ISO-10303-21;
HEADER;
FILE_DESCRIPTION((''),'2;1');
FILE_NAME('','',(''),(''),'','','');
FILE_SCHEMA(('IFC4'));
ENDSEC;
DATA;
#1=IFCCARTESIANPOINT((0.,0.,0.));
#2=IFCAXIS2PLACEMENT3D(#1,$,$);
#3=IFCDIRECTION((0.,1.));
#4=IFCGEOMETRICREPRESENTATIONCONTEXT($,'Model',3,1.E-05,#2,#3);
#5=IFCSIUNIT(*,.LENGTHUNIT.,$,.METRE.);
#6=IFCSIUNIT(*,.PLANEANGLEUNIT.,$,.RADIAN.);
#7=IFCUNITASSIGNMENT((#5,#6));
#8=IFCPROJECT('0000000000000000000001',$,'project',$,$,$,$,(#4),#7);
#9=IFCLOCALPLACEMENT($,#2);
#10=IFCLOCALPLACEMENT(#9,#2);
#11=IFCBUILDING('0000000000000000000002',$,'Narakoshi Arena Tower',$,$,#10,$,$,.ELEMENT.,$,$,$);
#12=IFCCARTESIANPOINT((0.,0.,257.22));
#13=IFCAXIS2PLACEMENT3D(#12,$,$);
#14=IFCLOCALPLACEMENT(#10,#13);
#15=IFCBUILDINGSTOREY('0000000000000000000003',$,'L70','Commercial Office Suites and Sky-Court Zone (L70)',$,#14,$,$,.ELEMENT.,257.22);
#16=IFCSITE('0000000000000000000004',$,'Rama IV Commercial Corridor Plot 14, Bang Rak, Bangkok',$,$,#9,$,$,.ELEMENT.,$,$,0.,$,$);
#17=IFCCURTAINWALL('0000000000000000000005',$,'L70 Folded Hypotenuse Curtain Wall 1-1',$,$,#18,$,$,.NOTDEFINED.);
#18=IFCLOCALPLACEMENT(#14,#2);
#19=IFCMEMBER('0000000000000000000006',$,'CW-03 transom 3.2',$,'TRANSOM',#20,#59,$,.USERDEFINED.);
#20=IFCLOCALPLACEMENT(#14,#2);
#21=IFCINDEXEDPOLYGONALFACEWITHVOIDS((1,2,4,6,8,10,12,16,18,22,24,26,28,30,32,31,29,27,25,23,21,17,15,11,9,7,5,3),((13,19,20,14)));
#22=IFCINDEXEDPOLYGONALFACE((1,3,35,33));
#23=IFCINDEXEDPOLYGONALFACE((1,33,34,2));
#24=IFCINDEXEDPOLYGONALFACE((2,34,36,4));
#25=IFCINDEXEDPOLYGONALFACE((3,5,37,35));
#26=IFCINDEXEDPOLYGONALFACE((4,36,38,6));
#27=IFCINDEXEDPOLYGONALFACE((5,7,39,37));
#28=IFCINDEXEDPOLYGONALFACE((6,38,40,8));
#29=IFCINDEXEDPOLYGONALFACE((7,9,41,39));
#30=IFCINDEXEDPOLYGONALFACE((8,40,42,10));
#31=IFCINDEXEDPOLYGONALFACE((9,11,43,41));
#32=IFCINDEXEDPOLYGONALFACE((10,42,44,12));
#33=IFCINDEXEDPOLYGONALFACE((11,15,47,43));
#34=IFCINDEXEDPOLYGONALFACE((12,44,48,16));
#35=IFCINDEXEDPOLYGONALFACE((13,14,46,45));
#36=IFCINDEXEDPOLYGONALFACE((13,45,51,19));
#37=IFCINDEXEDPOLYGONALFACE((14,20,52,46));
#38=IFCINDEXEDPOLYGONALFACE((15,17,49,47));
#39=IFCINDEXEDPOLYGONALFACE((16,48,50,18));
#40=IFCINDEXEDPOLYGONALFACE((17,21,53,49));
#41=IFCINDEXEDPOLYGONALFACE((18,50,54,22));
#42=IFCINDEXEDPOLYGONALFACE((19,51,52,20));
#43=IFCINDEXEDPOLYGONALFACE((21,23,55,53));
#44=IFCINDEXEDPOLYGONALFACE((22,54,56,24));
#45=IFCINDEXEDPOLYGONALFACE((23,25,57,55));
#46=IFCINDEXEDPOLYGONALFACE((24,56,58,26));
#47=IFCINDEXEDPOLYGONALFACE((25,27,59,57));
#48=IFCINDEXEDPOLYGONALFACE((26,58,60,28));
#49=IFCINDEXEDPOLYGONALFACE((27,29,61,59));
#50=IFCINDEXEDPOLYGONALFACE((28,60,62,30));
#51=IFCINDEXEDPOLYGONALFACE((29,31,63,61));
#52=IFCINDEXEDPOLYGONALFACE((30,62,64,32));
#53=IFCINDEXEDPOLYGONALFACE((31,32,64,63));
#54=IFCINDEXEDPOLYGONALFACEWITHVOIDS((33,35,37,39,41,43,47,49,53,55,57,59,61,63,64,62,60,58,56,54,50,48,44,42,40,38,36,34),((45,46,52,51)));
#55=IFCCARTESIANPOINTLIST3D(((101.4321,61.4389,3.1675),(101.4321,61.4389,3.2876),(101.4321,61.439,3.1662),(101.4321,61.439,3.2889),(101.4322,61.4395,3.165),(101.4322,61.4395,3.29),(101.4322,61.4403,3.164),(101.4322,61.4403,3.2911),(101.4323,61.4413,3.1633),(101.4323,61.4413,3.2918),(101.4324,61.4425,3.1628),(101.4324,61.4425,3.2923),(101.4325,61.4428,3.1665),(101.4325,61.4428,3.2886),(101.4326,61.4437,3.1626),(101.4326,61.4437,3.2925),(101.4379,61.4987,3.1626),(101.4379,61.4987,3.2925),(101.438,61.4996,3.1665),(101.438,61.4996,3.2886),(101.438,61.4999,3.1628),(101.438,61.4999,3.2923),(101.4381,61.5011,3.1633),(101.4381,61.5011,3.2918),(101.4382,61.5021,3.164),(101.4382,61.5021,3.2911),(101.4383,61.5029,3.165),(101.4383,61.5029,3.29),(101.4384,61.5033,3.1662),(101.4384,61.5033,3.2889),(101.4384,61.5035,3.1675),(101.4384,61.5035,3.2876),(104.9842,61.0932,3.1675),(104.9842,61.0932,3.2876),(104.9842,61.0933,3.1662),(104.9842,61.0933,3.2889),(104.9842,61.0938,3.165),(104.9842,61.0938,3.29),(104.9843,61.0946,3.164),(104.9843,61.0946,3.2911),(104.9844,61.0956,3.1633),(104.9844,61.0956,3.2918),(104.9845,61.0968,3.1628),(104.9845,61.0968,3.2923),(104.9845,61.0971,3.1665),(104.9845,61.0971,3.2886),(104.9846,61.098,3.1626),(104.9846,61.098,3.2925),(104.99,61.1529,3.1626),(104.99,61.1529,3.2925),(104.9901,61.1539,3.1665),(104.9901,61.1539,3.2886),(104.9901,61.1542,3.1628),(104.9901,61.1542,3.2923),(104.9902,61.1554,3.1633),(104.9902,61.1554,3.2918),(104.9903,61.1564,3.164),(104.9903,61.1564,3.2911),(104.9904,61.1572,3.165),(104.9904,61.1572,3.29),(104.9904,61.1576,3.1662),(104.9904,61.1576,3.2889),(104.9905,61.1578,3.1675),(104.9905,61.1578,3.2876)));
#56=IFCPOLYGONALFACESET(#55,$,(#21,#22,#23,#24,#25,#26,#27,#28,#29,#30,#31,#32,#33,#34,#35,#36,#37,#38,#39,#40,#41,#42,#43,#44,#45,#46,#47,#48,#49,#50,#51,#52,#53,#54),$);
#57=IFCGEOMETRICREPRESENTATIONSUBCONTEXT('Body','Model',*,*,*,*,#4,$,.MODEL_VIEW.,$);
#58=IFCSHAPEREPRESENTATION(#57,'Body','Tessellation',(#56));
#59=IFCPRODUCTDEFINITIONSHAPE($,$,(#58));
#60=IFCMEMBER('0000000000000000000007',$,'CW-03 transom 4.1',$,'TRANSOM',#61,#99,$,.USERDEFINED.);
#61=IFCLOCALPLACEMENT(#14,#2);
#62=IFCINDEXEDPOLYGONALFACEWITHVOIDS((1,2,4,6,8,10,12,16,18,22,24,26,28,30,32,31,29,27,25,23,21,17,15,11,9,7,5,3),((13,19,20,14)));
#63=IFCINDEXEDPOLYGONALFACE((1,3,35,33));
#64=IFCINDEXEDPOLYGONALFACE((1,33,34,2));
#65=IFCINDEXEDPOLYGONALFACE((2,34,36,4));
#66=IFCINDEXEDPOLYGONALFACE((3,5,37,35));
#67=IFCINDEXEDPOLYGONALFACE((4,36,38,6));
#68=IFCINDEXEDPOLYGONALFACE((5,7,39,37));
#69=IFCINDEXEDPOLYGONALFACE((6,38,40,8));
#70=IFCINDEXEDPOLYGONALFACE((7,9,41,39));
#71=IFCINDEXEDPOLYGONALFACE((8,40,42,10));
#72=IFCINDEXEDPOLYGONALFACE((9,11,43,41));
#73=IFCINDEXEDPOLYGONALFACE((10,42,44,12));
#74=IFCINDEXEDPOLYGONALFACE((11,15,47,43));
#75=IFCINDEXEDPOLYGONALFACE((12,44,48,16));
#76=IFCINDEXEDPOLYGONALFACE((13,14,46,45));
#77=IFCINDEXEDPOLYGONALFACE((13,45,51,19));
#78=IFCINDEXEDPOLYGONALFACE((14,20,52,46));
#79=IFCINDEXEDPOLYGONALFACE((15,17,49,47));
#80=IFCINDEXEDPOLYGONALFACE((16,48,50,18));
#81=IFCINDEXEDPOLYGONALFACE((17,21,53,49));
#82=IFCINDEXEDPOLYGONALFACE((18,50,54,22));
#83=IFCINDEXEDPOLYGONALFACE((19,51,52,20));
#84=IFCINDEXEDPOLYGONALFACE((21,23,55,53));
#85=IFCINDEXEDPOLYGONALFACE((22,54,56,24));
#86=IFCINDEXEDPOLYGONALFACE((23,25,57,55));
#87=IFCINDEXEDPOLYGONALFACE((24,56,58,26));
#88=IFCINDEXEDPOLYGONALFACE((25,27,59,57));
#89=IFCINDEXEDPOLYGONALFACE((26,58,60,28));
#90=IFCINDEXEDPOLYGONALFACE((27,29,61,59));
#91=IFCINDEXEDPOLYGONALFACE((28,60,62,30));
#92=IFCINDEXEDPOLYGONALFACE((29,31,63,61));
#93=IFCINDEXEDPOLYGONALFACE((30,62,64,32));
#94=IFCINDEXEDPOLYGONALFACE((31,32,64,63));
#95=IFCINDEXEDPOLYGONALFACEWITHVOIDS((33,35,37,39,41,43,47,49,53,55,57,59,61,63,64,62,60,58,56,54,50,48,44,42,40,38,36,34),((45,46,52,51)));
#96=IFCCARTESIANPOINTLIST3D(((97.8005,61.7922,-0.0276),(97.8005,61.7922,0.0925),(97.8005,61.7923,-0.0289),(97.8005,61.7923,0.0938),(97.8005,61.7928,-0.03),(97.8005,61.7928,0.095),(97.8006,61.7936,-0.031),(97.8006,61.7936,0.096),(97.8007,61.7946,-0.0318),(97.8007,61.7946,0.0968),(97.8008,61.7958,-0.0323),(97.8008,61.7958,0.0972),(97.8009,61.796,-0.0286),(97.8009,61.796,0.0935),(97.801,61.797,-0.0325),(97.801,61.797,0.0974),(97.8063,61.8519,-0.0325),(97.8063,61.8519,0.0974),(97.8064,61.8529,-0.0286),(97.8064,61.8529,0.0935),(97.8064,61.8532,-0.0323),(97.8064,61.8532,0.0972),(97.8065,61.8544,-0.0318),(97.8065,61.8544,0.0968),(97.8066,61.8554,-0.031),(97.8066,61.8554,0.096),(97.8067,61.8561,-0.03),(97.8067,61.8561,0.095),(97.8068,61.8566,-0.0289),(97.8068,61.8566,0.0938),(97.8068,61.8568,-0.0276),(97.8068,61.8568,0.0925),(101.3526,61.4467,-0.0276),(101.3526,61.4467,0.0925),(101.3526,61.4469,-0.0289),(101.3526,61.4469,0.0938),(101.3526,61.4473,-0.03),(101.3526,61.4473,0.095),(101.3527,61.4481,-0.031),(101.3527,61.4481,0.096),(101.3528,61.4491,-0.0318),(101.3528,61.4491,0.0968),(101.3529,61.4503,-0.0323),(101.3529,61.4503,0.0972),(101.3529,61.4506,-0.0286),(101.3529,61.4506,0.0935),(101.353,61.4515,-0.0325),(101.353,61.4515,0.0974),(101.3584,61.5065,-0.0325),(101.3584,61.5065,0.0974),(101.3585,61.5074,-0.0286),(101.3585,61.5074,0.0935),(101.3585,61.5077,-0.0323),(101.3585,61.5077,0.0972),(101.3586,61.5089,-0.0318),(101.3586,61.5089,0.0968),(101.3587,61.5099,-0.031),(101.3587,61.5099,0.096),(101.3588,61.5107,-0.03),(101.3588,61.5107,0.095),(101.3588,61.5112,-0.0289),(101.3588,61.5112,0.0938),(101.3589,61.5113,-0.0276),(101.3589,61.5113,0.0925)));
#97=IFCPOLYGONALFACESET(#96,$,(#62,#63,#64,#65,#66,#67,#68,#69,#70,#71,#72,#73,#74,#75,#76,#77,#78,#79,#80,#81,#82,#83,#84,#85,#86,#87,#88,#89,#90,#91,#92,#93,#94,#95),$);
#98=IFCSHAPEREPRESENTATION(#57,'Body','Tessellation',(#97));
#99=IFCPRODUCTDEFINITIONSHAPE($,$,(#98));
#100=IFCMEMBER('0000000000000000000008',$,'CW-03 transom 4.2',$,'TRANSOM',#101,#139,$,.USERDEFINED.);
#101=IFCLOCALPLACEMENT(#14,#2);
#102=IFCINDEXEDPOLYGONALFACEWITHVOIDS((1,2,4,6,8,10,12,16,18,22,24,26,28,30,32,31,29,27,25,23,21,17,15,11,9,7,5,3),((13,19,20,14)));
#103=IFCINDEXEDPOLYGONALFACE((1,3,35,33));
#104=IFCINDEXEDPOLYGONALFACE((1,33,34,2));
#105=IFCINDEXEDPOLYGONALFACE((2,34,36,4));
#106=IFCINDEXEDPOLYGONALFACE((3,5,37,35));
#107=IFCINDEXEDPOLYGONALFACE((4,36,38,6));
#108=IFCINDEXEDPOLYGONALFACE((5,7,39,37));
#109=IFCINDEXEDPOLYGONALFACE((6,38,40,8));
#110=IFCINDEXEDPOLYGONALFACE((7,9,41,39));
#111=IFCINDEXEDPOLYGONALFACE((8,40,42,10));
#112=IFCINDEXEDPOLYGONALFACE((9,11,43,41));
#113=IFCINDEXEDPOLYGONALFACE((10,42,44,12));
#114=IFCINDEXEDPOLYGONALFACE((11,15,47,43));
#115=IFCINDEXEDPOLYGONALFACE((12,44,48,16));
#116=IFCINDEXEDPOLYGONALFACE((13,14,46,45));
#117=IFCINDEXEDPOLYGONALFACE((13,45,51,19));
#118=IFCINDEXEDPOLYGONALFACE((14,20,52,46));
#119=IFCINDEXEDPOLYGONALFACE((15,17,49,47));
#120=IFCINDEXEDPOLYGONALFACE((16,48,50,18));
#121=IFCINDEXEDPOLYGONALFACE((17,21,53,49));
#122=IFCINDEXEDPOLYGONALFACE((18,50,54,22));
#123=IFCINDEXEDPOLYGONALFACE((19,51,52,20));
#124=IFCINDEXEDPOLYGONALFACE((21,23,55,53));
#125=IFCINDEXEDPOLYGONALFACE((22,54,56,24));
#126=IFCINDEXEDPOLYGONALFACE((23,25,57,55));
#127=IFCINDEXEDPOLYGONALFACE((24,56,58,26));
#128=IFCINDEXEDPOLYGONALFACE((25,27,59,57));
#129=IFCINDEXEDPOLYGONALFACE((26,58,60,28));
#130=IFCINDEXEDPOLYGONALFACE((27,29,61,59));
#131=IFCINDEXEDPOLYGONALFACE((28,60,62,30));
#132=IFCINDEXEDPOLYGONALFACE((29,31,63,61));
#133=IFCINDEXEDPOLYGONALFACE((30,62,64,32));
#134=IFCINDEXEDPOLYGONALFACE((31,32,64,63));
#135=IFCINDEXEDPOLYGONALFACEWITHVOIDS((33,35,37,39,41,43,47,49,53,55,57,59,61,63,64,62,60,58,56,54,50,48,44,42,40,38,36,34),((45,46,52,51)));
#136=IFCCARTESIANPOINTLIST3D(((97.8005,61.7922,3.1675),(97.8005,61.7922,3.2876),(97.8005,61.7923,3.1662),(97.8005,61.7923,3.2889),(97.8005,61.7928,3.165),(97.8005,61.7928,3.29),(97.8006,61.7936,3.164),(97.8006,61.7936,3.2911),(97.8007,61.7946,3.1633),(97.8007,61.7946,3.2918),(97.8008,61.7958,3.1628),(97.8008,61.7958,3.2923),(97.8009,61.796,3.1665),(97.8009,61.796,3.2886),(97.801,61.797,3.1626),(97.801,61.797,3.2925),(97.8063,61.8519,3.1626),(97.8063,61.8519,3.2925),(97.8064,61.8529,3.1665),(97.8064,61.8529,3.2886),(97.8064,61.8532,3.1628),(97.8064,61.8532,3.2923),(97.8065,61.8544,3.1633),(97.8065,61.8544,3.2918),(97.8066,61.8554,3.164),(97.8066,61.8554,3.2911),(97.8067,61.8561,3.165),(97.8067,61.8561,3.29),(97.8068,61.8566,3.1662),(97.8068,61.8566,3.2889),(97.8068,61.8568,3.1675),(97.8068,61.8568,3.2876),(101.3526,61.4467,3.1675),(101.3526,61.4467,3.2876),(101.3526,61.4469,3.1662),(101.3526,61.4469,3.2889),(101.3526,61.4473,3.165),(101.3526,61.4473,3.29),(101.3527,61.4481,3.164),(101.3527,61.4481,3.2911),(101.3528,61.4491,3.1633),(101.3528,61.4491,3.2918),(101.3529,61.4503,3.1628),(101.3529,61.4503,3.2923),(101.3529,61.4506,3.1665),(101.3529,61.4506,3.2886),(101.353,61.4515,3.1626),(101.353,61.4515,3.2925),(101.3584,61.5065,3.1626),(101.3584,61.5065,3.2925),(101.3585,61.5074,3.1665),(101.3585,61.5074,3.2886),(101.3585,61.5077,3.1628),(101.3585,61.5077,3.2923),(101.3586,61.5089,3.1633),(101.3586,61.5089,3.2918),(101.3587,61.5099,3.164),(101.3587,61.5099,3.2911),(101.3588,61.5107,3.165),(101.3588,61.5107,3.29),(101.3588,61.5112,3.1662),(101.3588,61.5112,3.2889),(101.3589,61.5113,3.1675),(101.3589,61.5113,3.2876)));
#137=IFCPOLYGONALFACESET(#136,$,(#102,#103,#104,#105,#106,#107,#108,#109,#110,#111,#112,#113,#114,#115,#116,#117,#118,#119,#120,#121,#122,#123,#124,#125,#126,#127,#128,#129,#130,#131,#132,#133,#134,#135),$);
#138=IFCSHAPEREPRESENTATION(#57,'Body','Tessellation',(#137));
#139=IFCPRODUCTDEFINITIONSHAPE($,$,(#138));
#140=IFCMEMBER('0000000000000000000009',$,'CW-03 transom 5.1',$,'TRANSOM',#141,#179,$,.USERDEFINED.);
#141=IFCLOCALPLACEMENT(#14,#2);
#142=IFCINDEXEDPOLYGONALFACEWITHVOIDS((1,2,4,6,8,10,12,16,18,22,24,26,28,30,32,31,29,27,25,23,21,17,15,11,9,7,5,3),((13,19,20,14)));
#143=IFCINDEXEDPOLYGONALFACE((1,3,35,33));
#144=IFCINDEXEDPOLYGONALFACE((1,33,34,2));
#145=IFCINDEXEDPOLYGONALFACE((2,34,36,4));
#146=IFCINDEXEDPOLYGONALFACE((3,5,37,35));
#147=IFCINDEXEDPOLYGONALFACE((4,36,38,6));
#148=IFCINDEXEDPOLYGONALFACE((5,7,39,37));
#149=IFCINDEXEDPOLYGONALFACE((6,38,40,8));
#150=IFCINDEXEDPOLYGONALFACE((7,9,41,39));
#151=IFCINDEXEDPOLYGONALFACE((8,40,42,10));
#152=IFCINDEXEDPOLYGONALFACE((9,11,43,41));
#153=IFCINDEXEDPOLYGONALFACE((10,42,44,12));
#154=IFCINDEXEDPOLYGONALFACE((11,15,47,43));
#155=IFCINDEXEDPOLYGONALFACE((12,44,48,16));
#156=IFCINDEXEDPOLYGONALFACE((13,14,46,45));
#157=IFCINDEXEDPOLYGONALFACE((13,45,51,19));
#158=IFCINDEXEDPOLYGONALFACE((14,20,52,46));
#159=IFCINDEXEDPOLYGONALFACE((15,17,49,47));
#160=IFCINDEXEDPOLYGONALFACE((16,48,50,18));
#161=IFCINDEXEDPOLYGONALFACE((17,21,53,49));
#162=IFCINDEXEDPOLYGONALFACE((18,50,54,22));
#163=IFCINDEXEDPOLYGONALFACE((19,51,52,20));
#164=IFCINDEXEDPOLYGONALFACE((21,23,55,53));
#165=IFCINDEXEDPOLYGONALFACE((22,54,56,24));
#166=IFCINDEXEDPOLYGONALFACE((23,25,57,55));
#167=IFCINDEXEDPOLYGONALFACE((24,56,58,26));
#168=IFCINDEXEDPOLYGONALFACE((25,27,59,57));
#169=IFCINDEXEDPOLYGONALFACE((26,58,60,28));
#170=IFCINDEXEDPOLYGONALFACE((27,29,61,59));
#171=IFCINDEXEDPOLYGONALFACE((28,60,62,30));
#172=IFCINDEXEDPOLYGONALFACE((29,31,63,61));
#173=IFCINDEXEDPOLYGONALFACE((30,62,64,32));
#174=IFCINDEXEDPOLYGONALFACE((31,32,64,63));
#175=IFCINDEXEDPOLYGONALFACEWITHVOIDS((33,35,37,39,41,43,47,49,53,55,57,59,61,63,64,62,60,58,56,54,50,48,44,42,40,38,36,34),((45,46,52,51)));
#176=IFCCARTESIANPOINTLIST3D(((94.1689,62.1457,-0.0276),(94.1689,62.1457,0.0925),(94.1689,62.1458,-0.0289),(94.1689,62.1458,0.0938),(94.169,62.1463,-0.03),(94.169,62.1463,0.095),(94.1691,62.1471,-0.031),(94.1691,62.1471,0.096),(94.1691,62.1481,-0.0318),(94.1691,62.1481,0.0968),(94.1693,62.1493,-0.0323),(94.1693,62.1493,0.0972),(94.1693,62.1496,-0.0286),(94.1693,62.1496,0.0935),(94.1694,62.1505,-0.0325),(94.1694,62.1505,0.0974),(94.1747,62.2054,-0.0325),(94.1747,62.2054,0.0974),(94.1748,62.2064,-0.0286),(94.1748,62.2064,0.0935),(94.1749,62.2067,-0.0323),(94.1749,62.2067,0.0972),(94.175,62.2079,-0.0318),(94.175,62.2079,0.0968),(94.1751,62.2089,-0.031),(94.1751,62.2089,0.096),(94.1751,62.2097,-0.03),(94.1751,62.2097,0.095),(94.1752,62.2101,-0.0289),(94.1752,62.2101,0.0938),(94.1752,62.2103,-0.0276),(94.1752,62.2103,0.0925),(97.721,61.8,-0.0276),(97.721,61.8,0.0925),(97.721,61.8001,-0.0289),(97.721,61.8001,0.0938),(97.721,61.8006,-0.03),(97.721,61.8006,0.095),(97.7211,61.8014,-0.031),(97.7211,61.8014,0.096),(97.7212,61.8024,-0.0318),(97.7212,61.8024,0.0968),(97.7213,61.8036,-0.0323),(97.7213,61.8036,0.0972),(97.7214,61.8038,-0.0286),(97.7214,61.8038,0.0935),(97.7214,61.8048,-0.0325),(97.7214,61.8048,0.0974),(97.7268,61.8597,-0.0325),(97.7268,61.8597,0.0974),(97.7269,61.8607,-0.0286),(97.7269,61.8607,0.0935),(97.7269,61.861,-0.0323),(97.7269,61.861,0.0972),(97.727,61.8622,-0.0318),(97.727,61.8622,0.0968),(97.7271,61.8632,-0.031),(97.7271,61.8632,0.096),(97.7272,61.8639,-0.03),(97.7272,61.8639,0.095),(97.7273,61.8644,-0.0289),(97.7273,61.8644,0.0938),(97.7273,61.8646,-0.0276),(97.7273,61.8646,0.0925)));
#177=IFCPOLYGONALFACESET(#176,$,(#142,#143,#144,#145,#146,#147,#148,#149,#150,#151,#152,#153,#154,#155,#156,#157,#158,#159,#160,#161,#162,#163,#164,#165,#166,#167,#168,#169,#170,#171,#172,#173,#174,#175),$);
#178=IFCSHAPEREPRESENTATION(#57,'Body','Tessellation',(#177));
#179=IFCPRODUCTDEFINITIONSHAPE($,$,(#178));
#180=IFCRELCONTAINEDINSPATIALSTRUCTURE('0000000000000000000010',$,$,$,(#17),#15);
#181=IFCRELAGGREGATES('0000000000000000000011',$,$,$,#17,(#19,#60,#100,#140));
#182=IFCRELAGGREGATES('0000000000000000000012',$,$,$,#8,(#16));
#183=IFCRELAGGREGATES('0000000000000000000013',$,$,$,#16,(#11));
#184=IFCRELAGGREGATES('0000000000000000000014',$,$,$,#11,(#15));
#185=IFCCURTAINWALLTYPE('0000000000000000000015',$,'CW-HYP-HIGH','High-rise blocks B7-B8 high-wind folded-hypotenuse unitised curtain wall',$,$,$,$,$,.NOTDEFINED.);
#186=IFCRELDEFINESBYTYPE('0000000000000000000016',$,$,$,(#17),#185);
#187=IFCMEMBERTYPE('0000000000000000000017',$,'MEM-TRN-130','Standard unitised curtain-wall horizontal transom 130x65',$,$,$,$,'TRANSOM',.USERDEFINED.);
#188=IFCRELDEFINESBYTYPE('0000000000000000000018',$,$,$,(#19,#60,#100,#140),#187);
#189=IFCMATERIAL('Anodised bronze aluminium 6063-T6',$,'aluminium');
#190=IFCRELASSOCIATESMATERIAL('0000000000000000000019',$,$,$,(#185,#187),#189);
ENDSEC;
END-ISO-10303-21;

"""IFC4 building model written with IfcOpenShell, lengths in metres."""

from ifc_helpers import new_model, si_unit, direction, frame, origin, origin_2d, place, context, subcontext, project, spatial, hollow_rectangle, extrude, material, material_profile, profile_set, type_object, element, aggregate, save


model = new_model("IFC4")

# Units and contexts
model_context = context("Model", 3, precision=1e-05, world=origin(), true_north=direction((0.0, 1.0)))
body_context = subcontext(model_context, "Body", "Model", "MODEL_VIEW")
ifc_project = project(units=[si_unit("LENGTHUNIT", "METRE"), si_unit("PLANEANGLEUNIT", "RADIAN")], contexts=[model_context])

# Site, building, storey
site_placement = place(None, origin())
site = spatial("IfcSite", under=ifc_project, at=site_placement, Name="Rama IV Commercial Corridor Plot 14, Bang Rak, Bangkok", CompositionType="ELEMENT", RefElevation=0.0)
building_placement = place(site_placement, origin())
building = spatial("IfcBuilding", under=site, at=building_placement, Name="Narakoshi Arena Tower", CompositionType="ELEMENT")
storey_placement = place(building_placement, frame((0.0, 0.0, 257.22)))
storey = spatial("IfcBuildingStorey", under=building, at=storey_placement, Name="L70", Description="Commercial Office Suites and Sky-Court Zone (L70)", CompositionType="ELEMENT", Elevation=257.22)

# Curtain wall, members
ifc_material_1 = material(Name="Anodised bronze aluminium 6063-T6", Category="aluminium")
curtain_wall_type = type_object("IfcCurtainWallType", Name="CW-HYP-HIGH", Description="High-rise blocks B7-B8 high-wind folded-hypotenuse unitised curtain wall", PredefinedType="NOTDEFINED", material=ifc_material_1)
curtain_wall_placement = place(storey_placement, origin())
curtain_wall = element("IfcCurtainWall", 1, at=curtain_wall_placement, inside=storey, type_object=curtain_wall_type, Name="L70 Folded Hypotenuse Curtain Wall 1-1", PredefinedType="NOTDEFINED")
ifc_material_profile_1 = material_profile(ifc_material_1, hollow_rectangle(XDim=0.0649, YDim=0.1299, WallThickness=0.0039, OuterFilletRadius=0.0049, at=origin_2d()), Name="TRN130x65x4")
ifc_profile_set_1 = profile_set([ifc_material_profile_1], Name="Anodised bronze aluminium 6063-T6")
member_type_1 = type_object("IfcMemberType", Name="MEM-TRN-130", Description="Standard unitised curtain-wall horizontal transom 130x65", ElementType="TRANSOM", PredefinedType="USERDEFINED", material=ifc_profile_set_1)
member_1_placement = place(storey_placement, frame((104.9873, 61.1255, 3.2275), z_axis=(-0.995297, 0.096869, 0.0), x_axis=(-0.096869, -0.995297, 0.0)))
member_1 = element("IfcMember", 2, at=member_1_placement, type_object=member_type_1, Name="CW-03 transom 3.2", ObjectType="TRANSOM", PredefinedType="USERDEFINED", context=body_context, shape_type="SweptSolid", body=[
    extrude(hollow_rectangle(XDim=0.0649, YDim=0.1299, WallThickness=0.0039, OuterFilletRadius=0.0049, at=origin_2d()), origin(), (0.0, 0.0, 1.0), 3.5688),
])
member_2_placement = place(storey_placement, frame((101.3557, 61.479, 0.0325), z_axis=(-0.995304, 0.096801, 0.0), x_axis=(-0.096801, -0.995304, 0.0)))
member_2 = element("IfcMember", 3, at=member_2_placement, type_object=member_type_1, Name="CW-03 transom 4.1", ObjectType="TRANSOM", PredefinedType="USERDEFINED", context=body_context, shape_type="SweptSolid", body=[
    extrude(hollow_rectangle(XDim=0.0649, YDim=0.1299, WallThickness=0.0039, OuterFilletRadius=0.0049, at=origin_2d()), origin(), (0.0, 0.0, 1.0), 3.5688),
])
member_3_placement = place(storey_placement, frame((101.3557, 61.479, 3.2275), z_axis=(-0.995304, 0.096801, 0.0), x_axis=(-0.096801, -0.995304, 0.0)))
member_3 = element("IfcMember", 4, at=member_3_placement, type_object=member_type_1, Name="CW-03 transom 4.2", ObjectType="TRANSOM", PredefinedType="USERDEFINED", context=body_context, shape_type="SweptSolid", body=[
    extrude(hollow_rectangle(XDim=0.0649, YDim=0.1299, WallThickness=0.0039, OuterFilletRadius=0.0049, at=origin_2d()), origin(), (0.0, 0.0, 1.0), 3.5688),
])
member_4_placement = place(storey_placement, frame((97.7241, 61.8323, 0.0325), z_axis=(-0.995297, 0.096869, 0.0), x_axis=(-0.096869, -0.995297, 0.0)))
member_4 = element("IfcMember", 5, at=member_4_placement, type_object=member_type_1, Name="CW-03 transom 5.1", ObjectType="TRANSOM", PredefinedType="USERDEFINED", context=body_context, shape_type="SweptSolid", body=[
    extrude(hollow_rectangle(XDim=0.0649, YDim=0.1299, WallThickness=0.0039, OuterFilletRadius=0.0049, at=origin_2d()), origin(), (0.0, 0.0, 1.0), 3.5688),
])
aggregate(curtain_wall, [member_1, member_2, member_3, member_4])

save(model, "model.ifc")
